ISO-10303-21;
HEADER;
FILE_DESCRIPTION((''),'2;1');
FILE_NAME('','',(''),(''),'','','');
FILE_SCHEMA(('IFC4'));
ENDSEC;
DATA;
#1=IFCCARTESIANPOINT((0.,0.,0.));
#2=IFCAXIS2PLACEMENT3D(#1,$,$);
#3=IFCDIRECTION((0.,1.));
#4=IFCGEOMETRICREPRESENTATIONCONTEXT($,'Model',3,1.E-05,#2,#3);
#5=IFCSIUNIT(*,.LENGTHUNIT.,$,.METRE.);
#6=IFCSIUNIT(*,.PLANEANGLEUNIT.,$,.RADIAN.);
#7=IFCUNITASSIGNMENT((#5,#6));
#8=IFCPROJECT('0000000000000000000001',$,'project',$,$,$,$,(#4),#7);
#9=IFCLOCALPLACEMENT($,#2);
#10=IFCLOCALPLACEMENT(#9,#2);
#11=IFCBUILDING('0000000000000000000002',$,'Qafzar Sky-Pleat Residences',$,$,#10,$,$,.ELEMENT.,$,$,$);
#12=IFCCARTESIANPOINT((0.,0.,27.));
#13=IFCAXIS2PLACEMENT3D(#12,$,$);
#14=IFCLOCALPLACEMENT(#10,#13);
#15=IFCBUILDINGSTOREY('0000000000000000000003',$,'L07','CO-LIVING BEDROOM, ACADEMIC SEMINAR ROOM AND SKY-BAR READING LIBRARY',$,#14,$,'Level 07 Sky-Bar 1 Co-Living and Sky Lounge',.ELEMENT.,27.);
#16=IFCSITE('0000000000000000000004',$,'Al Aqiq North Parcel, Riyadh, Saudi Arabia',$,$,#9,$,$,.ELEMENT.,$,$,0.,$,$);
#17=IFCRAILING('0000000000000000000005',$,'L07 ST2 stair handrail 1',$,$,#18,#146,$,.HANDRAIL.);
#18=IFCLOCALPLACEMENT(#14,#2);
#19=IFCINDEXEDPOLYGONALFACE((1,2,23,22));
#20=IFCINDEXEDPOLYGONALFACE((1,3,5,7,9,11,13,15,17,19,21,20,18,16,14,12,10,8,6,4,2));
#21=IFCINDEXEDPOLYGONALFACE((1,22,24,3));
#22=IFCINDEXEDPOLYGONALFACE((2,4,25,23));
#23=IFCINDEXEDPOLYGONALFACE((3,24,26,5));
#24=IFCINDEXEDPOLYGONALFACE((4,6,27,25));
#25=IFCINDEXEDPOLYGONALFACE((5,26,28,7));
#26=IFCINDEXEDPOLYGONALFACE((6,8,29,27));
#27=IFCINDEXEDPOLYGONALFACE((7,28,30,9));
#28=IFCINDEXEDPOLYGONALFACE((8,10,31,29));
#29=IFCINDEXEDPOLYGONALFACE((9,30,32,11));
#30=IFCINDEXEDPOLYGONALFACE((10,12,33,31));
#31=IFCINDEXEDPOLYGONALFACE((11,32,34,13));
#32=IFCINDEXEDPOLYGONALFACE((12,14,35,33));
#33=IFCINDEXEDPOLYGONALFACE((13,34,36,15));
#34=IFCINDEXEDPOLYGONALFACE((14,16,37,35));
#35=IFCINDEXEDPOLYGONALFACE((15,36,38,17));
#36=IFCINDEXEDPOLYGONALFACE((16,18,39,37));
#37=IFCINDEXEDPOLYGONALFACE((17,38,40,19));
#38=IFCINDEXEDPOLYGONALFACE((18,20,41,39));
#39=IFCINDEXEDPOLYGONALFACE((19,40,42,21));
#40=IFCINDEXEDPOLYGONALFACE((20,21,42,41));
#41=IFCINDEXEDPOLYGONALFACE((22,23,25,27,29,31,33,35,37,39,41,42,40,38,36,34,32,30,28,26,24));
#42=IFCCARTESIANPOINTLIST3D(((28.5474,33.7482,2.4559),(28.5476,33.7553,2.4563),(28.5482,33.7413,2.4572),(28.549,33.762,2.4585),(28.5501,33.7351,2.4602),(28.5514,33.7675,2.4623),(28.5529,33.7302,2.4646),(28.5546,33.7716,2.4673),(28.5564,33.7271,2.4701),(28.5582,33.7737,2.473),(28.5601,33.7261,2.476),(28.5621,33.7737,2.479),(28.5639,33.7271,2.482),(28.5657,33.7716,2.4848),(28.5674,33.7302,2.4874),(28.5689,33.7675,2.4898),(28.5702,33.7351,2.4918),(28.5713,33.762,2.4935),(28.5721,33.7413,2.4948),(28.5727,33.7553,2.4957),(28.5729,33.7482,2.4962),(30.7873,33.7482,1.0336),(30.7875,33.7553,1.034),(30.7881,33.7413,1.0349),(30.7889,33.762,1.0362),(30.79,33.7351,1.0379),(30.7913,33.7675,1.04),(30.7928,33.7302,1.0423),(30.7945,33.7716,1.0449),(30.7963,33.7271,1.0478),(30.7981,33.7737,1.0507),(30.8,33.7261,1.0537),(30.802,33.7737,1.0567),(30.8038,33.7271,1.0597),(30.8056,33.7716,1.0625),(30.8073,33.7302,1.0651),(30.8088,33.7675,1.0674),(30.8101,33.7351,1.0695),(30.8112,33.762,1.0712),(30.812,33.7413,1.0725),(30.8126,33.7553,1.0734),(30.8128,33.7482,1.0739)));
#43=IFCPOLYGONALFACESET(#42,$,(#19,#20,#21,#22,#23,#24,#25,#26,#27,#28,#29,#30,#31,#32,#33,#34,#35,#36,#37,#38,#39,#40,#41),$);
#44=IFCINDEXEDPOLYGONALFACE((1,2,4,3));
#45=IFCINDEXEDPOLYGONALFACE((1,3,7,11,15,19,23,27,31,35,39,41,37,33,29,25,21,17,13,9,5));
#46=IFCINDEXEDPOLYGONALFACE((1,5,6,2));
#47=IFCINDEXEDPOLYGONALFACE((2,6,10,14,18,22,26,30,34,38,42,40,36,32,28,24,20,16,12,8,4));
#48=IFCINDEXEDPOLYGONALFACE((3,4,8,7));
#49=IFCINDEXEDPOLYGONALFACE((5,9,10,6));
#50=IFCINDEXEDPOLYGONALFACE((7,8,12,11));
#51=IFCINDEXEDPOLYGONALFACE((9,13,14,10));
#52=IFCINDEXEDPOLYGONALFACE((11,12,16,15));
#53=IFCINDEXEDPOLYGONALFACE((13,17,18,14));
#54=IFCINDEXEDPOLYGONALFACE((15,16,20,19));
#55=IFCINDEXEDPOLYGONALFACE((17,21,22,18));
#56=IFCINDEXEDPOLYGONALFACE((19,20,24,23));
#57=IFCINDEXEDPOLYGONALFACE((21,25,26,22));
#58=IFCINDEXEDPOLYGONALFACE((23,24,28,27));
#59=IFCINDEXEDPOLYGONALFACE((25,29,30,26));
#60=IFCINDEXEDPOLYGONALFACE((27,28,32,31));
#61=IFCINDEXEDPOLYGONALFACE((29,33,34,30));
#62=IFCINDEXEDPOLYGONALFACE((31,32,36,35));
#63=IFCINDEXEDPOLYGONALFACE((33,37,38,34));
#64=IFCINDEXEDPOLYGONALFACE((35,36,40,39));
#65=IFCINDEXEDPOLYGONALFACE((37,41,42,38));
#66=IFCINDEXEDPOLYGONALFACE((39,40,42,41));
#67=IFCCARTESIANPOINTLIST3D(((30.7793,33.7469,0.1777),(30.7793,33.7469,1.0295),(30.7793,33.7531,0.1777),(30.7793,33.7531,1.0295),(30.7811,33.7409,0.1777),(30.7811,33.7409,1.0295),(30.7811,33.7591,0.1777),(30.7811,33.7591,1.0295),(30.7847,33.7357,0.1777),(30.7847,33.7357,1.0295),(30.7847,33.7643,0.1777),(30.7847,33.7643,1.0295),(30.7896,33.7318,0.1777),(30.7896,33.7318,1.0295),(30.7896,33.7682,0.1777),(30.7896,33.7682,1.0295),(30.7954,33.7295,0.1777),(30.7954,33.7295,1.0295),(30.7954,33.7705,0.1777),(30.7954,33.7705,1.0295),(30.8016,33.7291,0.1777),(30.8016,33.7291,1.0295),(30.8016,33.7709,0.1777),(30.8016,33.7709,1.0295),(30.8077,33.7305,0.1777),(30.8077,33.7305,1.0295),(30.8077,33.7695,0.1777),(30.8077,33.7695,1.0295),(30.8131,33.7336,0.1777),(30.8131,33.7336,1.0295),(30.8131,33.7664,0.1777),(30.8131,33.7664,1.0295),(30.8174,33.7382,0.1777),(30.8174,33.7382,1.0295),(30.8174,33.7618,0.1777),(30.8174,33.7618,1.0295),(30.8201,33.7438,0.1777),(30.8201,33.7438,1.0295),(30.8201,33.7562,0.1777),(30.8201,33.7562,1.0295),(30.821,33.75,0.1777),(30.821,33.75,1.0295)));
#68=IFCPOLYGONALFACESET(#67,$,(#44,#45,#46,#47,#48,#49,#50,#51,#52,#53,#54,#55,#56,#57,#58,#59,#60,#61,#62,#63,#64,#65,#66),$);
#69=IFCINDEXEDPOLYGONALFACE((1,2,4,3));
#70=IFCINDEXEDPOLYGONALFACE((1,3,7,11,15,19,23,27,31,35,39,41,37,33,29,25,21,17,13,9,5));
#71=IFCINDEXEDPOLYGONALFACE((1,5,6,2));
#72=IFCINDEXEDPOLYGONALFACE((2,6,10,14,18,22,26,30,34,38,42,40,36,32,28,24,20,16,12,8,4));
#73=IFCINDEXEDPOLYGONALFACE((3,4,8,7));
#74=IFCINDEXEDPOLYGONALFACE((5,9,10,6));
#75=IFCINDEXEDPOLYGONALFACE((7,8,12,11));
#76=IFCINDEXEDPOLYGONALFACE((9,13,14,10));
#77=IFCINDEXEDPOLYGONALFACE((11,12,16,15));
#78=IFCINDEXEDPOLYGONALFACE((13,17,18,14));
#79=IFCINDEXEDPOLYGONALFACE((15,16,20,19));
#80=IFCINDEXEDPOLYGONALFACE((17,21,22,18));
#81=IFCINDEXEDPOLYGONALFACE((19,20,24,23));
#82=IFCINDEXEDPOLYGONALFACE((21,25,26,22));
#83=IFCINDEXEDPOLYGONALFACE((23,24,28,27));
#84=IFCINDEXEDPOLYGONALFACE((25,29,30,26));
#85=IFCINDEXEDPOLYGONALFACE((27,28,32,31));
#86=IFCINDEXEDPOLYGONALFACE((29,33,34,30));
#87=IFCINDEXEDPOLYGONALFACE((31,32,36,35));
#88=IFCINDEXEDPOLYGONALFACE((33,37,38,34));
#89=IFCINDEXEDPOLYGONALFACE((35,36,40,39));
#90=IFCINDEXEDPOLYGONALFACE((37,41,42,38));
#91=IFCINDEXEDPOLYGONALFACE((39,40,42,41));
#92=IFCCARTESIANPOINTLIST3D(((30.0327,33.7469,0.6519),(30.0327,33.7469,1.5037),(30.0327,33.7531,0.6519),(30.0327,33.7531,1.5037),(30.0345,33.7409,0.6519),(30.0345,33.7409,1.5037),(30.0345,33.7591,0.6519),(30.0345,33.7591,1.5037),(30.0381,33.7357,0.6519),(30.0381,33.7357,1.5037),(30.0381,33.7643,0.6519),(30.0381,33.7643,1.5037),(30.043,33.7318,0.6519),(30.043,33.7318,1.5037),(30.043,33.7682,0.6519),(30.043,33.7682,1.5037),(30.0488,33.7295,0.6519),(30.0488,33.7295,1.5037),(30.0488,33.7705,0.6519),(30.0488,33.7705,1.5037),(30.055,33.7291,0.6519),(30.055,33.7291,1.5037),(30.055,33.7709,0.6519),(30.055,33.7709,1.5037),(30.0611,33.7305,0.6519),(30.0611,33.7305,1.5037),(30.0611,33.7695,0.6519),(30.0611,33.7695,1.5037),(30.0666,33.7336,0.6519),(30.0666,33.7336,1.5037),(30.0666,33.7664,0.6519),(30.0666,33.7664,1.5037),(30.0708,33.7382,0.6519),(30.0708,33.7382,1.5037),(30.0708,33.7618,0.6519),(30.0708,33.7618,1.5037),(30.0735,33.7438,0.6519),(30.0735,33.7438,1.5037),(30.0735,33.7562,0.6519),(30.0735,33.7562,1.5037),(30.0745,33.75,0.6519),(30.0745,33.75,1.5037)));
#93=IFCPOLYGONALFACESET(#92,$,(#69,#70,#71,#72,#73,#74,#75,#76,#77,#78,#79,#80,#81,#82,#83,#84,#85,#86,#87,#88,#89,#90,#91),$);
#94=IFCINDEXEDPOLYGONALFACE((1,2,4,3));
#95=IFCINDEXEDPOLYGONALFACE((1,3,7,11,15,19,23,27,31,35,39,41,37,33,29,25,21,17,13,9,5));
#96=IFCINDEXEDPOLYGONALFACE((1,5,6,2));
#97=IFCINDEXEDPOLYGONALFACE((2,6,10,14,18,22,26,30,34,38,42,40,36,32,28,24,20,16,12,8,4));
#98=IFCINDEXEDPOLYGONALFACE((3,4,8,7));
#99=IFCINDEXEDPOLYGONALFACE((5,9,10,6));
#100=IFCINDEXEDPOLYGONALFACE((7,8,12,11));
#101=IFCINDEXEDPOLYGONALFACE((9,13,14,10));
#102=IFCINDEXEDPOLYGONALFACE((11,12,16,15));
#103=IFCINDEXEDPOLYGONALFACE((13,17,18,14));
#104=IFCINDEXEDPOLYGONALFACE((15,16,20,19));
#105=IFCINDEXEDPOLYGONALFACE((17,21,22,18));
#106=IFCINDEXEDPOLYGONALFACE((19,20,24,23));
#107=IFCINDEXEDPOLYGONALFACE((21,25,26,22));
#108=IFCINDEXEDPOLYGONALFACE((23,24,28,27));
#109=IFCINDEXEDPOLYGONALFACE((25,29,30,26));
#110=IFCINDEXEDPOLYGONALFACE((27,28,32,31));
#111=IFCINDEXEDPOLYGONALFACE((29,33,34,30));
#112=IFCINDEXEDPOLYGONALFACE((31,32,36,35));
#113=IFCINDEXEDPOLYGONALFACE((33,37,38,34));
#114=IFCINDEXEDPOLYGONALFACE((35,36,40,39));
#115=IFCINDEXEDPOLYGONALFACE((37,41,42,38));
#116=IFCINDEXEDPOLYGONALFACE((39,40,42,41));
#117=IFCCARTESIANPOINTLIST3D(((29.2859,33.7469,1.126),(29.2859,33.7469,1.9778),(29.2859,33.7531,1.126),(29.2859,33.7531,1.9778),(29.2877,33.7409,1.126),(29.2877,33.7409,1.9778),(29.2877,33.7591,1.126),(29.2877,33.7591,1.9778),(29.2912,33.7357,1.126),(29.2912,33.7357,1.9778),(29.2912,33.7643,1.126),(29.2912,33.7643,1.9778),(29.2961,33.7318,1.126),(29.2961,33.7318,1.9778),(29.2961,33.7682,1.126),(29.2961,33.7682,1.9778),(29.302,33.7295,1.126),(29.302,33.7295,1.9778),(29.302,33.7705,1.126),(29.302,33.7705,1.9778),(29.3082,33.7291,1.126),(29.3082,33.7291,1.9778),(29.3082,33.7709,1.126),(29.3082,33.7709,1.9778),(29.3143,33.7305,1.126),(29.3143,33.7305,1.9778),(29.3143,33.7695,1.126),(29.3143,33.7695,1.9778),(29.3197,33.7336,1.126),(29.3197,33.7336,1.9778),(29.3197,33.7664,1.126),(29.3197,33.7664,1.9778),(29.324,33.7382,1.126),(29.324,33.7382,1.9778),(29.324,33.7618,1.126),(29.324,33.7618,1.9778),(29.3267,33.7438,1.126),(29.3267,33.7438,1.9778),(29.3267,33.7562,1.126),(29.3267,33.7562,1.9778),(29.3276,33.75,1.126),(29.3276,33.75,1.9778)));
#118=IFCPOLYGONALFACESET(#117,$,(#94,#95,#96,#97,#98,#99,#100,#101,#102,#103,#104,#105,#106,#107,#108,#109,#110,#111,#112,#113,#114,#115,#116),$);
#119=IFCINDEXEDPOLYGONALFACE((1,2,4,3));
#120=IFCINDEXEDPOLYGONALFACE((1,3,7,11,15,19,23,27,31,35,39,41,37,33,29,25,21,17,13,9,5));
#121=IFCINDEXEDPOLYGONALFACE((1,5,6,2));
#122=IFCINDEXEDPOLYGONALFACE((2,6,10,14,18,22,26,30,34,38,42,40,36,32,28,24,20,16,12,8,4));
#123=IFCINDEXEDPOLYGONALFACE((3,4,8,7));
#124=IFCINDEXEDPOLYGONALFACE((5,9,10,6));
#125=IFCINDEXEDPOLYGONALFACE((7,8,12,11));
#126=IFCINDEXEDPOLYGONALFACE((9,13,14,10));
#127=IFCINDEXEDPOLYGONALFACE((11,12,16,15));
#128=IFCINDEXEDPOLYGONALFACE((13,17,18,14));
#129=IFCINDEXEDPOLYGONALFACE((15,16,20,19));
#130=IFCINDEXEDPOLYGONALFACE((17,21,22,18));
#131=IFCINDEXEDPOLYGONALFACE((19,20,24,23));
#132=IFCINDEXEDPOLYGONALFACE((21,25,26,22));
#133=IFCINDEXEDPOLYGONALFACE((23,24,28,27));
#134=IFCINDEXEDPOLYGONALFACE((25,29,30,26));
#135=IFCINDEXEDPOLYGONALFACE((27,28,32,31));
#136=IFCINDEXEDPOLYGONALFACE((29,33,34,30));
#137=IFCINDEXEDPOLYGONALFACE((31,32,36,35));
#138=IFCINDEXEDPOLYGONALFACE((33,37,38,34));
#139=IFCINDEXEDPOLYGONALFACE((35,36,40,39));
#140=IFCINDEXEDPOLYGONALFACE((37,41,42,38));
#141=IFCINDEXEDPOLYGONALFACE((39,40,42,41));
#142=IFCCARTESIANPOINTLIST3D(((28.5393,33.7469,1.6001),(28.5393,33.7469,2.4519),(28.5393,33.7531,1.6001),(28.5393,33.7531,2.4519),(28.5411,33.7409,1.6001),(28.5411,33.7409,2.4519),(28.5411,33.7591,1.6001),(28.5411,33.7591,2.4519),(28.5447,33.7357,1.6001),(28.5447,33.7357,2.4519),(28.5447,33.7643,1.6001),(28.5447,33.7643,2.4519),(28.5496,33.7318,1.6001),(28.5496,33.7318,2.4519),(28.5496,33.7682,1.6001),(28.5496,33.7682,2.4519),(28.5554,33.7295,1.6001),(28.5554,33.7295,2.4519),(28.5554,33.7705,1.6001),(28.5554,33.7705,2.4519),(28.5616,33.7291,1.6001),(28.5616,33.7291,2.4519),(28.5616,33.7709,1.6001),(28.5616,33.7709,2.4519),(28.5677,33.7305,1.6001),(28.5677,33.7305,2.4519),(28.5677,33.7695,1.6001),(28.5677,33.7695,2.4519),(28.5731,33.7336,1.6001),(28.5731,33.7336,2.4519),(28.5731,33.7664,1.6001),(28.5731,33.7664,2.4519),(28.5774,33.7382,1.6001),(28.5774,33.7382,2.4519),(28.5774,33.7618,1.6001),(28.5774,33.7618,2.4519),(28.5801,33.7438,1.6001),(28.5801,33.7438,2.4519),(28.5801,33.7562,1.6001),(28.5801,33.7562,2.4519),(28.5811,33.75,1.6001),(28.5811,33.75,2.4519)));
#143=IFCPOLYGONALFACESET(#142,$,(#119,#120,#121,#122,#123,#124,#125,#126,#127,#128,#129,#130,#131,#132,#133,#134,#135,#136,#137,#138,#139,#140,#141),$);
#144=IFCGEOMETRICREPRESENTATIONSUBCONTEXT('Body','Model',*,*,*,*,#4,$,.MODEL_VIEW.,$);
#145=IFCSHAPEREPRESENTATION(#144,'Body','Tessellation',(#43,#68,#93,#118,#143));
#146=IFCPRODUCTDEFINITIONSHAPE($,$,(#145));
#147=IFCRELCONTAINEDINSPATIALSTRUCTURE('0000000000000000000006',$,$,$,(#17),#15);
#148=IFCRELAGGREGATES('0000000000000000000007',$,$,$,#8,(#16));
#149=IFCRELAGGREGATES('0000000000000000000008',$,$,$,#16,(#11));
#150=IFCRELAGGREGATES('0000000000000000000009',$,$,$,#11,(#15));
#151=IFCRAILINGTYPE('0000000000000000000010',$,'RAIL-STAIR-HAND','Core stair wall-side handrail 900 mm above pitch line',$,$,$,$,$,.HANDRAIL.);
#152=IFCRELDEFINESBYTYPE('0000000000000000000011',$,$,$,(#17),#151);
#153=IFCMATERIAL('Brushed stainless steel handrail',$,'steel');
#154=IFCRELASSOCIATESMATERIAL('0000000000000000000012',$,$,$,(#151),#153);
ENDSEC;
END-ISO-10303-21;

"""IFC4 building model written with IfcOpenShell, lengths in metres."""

from ifc_helpers import new_model, si_unit, direction, frame, origin, origin_2d, place, context, subcontext, project, spatial, circle, extrude, source, transform, mapped, material, type_object, element, save


model = new_model("IFC4")

# Units and contexts
model_context = context("Model", 3, precision=1e-05, world=origin(), true_north=direction((0.0, 1.0)))
body_context = subcontext(model_context, "Body", "Model", "MODEL_VIEW")
ifc_project = project(units=[si_unit("LENGTHUNIT", "METRE"), si_unit("PLANEANGLEUNIT", "RADIAN")], contexts=[model_context])

# Site, building, storey
site_placement = place(None, origin())
site = spatial("IfcSite", under=ifc_project, at=site_placement, Name="Al Aqiq North Parcel, Riyadh, Saudi Arabia", CompositionType="ELEMENT", RefElevation=0.0)
building_placement = place(site_placement, origin())
building = spatial("IfcBuilding", under=site, at=building_placement, Name="Qafzar Sky-Pleat Residences", CompositionType="ELEMENT")
storey_placement = place(building_placement, frame((0.0, 0.0, 27.0)))
storey = spatial("IfcBuildingStorey", under=building, at=storey_placement, Name="L07", Description="CO-LIVING BEDROOM, ACADEMIC SEMINAR ROOM AND SKY-BAR READING LIBRARY", LongName="Level 07 Sky-Bar 1 Co-Living and Sky Lounge", CompositionType="ELEMENT", Elevation=27.0)

# Railing
ifc_material_1 = material(Name="Brushed stainless steel handrail", Category="steel")
railing_type_1 = type_object("IfcRailingType", Name="RAIL-STAIR-HAND", Description="Core stair wall-side handrail 900 mm above pitch line", PredefinedType="HANDRAIL", material=ifc_material_1)
shared_shape_1 = source(origin(), body_context, "Body", "SweptSolid", [
    extrude(circle(Radius=0.0239, at=origin_2d()), frame((0.0, 0.0, 0.876), z_axis=(-0.844188, 0.0, 0.536048), x_axis=(0.0, -1.0, 0.0)), (0.0, 0.0, 1.0), 2.6533),
    extrude(circle(Radius=0.021, at=origin_2d()), origin(), (0.0, 0.0, 1.0), 0.8518),
    extrude(circle(Radius=0.021, at=origin_2d()), frame((-0.7466, 0.0, 0.4741)), (0.0, 0.0, 1.0), 0.8518),
    extrude(circle(Radius=0.021, at=origin_2d()), frame((-1.4934, 0.0, 0.9482)), (0.0, 0.0, 1.0), 0.8518),
    extrude(circle(Radius=0.021, at=origin_2d()), frame((-2.24, 0.0, 1.4224)), (0.0, 0.0, 1.0), 0.8518),
])
railing_1_placement = place(storey_placement, frame((30.8, 33.75, 0.1777)))
element("IfcRailing", 1, at=railing_1_placement, inside=storey, type_object=railing_type_1, Name="L07 ST2 stair handrail 1", PredefinedType="HANDRAIL", context=body_context, shape_type="MappedRepresentation", body=[
    mapped(shared_shape_1, transform((0.0, 0.0, 0.0), x_axis=(1.0, 0.0, 0.0), y_axis=(0.0, 1.0, 0.0), z_axis=(0.0, 0.0, 1.0), scale=1.0)),
])

save(model, "model.ifc")
